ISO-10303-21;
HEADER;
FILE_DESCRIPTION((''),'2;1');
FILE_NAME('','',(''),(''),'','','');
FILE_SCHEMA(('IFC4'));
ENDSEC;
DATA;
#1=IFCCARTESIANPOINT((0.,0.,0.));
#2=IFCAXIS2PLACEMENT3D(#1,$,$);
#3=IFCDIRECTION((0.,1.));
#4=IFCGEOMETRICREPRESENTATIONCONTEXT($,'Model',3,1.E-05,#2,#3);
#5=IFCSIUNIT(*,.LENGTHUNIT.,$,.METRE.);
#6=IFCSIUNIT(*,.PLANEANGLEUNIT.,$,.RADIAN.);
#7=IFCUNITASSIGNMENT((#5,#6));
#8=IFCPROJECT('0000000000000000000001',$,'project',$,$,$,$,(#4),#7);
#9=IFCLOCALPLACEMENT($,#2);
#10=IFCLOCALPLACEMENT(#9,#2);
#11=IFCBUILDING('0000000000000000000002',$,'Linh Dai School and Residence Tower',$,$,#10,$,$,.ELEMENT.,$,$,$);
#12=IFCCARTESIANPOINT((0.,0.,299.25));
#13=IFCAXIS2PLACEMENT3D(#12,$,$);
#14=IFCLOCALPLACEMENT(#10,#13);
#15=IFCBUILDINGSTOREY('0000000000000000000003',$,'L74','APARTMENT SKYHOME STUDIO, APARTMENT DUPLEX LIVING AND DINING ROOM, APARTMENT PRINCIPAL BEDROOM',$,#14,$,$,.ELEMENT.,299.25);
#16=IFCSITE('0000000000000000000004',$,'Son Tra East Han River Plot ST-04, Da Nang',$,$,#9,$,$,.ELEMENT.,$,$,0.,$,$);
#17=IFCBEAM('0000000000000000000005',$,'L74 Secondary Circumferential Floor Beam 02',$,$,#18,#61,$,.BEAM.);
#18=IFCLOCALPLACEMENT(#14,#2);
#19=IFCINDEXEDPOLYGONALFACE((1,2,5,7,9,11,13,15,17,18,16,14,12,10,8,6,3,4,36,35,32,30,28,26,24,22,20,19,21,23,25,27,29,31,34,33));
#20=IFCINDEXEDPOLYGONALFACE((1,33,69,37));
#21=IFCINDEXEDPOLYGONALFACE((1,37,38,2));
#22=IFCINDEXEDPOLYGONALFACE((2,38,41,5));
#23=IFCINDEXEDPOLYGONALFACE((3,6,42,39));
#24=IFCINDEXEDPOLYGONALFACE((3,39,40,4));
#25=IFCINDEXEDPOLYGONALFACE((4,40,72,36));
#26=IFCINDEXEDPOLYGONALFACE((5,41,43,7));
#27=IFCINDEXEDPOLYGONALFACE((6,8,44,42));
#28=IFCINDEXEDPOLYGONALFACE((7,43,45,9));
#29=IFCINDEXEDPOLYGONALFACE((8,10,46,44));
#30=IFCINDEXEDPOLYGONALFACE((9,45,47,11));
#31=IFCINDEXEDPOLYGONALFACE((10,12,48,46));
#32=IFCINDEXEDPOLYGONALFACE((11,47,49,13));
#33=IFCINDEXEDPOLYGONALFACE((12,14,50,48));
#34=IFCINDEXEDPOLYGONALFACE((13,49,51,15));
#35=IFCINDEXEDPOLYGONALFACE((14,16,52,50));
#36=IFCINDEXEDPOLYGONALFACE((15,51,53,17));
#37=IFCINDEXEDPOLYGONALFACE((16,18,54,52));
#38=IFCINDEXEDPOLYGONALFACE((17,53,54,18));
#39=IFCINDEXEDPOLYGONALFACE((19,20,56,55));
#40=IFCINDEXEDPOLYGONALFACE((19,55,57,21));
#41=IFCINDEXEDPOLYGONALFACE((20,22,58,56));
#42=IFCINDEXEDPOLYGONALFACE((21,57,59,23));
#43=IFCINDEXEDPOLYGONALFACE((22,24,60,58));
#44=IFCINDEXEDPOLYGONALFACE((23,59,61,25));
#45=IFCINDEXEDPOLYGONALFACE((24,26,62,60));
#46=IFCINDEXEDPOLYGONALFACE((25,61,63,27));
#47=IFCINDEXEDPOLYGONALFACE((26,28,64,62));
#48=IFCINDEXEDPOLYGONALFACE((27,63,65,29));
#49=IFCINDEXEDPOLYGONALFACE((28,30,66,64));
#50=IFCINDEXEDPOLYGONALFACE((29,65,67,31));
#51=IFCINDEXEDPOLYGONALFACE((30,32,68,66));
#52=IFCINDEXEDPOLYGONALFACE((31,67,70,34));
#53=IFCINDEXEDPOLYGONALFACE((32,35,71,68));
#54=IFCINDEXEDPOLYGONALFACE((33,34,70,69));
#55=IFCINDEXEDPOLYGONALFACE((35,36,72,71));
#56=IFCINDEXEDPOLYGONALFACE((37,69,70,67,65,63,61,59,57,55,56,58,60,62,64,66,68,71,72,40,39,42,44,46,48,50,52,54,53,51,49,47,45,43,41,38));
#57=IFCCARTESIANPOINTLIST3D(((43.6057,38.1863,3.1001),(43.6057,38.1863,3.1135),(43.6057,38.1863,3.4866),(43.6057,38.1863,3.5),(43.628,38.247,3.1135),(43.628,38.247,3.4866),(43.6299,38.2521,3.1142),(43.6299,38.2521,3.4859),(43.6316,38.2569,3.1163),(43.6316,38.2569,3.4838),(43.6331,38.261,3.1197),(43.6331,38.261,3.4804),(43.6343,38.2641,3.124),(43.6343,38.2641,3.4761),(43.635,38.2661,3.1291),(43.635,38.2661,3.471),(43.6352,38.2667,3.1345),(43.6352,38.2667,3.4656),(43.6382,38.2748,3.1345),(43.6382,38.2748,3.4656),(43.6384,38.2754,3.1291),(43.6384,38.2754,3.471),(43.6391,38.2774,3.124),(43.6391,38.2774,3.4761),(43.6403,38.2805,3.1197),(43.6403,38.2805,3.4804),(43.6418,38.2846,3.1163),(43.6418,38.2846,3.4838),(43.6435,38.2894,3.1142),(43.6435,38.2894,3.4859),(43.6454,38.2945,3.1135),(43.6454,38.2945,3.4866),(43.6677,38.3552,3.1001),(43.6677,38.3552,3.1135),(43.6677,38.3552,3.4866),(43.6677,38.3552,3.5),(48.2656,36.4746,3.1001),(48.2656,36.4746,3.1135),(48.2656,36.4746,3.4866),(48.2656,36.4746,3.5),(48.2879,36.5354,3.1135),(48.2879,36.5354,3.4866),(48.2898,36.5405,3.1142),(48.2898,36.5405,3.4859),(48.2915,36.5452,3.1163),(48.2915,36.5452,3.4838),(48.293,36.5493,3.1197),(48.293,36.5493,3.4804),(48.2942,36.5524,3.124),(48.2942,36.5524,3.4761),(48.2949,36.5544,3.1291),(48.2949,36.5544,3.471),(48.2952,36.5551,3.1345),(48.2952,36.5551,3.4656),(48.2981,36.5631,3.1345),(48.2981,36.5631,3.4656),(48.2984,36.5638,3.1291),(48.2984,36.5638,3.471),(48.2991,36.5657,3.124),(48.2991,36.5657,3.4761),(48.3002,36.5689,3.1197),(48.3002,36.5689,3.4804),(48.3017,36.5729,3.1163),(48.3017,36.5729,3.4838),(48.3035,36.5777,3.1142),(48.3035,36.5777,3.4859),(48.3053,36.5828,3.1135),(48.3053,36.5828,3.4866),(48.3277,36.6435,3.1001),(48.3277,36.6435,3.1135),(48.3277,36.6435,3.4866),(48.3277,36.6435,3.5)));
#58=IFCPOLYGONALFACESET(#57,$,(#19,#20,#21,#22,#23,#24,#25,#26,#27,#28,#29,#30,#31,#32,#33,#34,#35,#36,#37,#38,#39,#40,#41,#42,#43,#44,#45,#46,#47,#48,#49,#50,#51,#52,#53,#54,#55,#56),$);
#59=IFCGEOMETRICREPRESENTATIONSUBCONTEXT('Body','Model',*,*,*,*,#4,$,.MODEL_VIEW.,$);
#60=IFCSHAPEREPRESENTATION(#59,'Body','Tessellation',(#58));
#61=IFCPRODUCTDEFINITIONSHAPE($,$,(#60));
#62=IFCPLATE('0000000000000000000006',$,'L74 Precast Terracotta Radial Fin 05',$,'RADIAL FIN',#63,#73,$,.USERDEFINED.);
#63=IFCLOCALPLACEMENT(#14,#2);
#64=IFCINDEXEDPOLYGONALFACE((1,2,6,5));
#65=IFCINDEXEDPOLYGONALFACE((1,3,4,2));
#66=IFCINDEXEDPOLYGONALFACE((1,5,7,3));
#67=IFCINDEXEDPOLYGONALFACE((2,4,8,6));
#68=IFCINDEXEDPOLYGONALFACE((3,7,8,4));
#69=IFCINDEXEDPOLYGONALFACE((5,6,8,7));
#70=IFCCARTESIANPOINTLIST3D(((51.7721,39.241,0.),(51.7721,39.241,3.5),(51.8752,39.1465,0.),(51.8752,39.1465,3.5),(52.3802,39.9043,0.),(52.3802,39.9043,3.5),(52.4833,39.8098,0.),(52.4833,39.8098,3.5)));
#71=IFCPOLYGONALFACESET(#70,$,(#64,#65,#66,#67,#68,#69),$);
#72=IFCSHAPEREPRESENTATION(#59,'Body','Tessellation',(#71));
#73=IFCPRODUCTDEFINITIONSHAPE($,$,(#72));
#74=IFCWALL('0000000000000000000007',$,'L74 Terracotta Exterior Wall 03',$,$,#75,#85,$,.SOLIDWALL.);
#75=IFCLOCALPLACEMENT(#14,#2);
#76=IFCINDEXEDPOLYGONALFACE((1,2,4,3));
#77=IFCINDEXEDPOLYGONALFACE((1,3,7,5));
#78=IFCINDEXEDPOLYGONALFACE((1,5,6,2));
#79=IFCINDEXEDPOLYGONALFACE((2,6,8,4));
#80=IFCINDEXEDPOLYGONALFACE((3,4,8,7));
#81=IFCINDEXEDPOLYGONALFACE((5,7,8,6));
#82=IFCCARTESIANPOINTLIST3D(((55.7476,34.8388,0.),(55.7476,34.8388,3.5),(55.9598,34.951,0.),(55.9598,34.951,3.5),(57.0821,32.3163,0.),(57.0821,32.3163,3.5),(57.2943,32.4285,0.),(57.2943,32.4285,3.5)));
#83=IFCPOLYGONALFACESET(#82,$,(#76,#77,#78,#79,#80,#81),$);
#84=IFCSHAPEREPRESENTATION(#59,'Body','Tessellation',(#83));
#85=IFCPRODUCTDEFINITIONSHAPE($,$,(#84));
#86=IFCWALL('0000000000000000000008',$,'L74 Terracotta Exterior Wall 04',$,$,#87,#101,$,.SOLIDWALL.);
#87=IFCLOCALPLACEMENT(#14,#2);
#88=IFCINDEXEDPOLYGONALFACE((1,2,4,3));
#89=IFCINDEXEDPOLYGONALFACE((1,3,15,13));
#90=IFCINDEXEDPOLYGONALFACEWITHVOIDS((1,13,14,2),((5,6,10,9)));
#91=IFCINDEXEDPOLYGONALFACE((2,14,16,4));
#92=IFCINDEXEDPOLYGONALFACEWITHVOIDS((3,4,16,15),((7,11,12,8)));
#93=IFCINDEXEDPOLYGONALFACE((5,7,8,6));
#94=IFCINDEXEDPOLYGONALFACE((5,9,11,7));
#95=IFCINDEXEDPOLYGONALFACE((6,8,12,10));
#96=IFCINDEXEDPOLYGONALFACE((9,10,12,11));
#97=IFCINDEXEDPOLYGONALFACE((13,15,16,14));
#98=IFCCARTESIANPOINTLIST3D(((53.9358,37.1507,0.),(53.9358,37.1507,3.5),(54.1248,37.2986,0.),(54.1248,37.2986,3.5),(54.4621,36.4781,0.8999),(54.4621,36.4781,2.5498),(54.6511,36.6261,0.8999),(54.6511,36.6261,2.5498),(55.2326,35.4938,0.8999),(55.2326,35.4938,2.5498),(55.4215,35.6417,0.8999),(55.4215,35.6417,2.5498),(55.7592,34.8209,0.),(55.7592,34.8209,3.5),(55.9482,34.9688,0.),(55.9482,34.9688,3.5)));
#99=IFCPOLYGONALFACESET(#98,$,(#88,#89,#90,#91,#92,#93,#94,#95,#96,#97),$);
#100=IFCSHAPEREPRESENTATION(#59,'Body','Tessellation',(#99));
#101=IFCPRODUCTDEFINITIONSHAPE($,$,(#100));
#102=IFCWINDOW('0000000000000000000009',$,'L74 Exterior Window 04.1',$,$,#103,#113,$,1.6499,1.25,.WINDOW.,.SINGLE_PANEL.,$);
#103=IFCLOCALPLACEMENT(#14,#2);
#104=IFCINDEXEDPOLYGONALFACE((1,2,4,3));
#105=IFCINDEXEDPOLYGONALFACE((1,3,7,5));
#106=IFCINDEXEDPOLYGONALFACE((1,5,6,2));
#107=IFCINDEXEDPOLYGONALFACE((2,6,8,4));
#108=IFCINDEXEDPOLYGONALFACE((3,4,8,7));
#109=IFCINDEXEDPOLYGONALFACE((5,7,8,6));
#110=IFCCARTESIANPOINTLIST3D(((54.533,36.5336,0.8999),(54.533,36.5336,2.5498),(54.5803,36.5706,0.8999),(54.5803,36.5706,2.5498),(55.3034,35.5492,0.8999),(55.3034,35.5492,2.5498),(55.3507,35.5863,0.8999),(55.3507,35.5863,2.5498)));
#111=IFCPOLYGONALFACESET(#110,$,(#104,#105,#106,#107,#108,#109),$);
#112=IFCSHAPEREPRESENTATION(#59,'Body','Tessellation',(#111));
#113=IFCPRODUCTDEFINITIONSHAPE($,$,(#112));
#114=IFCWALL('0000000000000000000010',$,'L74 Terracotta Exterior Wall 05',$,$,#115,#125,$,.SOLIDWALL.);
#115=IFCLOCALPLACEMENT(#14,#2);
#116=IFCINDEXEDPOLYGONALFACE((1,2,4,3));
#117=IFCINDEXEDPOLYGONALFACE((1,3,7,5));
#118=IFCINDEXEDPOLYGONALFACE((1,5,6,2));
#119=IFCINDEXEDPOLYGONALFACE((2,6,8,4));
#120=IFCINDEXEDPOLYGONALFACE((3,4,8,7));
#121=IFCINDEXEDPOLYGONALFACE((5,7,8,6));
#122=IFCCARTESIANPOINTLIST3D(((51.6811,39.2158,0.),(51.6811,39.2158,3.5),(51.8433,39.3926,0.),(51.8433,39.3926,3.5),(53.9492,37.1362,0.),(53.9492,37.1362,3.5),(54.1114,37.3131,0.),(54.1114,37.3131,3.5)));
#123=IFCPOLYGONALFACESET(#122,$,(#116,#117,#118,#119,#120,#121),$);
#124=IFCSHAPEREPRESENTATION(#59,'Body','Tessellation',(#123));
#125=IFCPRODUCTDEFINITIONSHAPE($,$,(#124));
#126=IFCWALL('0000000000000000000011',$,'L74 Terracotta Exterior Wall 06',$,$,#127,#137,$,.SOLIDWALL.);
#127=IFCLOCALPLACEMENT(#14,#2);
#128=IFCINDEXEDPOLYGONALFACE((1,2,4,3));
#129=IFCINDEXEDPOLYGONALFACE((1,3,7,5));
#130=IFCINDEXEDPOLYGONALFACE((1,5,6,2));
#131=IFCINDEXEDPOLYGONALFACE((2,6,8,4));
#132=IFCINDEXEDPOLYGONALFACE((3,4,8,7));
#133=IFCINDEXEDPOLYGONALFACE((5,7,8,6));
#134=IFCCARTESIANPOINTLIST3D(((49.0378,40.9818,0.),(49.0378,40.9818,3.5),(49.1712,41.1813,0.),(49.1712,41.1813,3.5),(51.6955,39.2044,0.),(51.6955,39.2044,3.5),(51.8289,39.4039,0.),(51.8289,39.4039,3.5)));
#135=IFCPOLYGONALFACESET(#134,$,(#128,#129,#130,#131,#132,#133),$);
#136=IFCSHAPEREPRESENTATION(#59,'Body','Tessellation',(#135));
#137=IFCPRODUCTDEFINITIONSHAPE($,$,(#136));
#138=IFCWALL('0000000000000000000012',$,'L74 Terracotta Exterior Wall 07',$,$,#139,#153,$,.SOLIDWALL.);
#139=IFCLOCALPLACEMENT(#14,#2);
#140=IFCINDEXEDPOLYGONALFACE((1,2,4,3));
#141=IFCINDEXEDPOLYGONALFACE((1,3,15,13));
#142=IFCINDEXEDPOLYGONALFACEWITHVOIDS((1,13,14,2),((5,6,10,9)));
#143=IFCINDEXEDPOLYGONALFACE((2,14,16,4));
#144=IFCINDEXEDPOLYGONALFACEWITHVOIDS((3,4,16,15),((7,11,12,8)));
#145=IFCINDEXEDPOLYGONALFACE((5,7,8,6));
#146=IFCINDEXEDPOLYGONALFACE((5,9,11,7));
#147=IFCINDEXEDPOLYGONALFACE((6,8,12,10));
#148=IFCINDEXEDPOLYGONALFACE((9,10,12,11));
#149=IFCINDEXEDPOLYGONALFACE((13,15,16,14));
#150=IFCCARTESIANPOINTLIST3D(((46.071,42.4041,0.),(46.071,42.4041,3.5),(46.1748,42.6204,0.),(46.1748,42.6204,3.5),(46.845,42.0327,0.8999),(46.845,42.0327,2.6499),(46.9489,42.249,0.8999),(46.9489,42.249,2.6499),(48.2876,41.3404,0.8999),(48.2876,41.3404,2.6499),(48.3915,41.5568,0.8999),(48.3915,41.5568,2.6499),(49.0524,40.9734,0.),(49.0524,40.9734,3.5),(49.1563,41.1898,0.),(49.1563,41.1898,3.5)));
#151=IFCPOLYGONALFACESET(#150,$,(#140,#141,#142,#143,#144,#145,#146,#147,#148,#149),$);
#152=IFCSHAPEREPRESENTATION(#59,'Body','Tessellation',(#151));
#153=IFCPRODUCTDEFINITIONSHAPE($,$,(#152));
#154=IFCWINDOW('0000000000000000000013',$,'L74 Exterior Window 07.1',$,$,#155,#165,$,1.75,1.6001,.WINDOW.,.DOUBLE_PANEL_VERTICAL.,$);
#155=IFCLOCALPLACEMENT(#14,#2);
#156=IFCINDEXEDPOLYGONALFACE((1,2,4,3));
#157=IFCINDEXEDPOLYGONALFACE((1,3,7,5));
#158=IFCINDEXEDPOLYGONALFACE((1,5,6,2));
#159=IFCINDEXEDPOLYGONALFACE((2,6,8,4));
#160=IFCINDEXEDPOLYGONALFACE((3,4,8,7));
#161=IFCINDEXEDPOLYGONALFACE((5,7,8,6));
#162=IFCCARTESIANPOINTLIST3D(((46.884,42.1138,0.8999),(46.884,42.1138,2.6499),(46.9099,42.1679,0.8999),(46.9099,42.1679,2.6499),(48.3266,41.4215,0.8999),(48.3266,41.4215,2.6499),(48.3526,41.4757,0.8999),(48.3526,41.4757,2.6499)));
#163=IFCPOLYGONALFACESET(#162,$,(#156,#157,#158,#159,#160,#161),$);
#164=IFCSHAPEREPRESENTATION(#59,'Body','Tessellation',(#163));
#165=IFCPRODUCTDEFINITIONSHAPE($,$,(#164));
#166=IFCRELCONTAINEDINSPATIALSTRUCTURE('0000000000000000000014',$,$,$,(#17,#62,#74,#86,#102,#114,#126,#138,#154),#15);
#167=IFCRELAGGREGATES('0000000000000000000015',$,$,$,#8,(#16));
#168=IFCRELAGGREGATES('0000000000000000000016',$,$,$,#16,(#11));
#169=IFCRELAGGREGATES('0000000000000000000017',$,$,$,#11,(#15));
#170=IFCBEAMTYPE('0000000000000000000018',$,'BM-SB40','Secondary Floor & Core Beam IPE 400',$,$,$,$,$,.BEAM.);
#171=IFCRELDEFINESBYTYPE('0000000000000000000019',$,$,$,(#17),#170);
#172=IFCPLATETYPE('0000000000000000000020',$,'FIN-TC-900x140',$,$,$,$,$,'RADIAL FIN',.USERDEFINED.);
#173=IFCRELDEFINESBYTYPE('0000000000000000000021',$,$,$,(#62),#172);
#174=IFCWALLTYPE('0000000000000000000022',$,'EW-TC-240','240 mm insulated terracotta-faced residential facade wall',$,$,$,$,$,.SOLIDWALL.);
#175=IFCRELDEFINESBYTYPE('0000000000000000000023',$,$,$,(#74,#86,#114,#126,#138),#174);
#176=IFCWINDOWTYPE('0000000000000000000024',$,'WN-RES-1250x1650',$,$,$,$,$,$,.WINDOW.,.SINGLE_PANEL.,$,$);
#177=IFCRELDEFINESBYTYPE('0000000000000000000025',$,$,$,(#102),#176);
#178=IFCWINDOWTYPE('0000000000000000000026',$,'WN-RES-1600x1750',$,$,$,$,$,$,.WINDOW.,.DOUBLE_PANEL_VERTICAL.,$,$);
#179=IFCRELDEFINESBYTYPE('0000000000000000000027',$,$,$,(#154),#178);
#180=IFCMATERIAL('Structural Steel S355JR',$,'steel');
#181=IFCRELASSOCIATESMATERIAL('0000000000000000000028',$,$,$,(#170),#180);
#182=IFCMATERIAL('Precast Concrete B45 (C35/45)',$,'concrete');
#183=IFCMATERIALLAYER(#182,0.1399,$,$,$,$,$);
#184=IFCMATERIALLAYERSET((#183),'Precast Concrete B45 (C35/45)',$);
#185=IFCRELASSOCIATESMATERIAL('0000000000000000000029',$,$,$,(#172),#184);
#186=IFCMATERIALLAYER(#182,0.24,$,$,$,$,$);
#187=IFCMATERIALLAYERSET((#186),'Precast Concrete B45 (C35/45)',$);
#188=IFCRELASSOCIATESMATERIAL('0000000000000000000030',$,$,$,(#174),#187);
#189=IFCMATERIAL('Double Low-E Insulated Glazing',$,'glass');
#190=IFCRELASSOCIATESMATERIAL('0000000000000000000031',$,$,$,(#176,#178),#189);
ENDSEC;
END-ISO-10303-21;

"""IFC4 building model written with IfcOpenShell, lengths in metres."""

from ifc_helpers import new_model, si_unit, direction, frame, frame_2d, origin, origin_2d, place, context, subcontext, project, spatial, rectangle, i_section, extrude, source, transform, mapped, material, layer, layer_set, material_profile, profile_set, type_object, element, fill, save


model = new_model("IFC4")

# Units and contexts
model_context = context("Model", 3, precision=1e-05, world=origin(), true_north=direction((0.0, 1.0)))
body_context = subcontext(model_context, "Body", "Model", "MODEL_VIEW")
ifc_project = project(units=[si_unit("LENGTHUNIT", "METRE"), si_unit("PLANEANGLEUNIT", "RADIAN")], contexts=[model_context])

# Site, building, storey
site_placement = place(None, origin())
site = spatial("IfcSite", under=ifc_project, at=site_placement, Name="Son Tra East Han River Plot ST-04, Da Nang", CompositionType="ELEMENT", RefElevation=0.0)
building_placement = place(site_placement, origin())
building = spatial("IfcBuilding", under=site, at=building_placement, Name="Linh Dai School and Residence Tower", CompositionType="ELEMENT")
storey_placement = place(building_placement, frame((0.0, 0.0, 299.25)))
storey = spatial("IfcBuildingStorey", under=building, at=storey_placement, Name="L74", Description="APARTMENT SKYHOME STUDIO, APARTMENT DUPLEX LIVING AND DINING ROOM, APARTMENT PRINCIPAL BEDROOM", CompositionType="ELEMENT", Elevation=299.25)

# Shared definitions
ifc_material_1 = material(Name="Structural Steel S355JR", Category="steel")

# Beam
ifc_material_profile_1 = material_profile(ifc_material_1, i_section(OverallWidth=0.1799, OverallDepth=0.3999, WebThickness=0.0085, FlangeThickness=0.0134, FilletRadius=0.021, at=origin_2d()), Name="IPE 400")
ifc_profile_set_1 = profile_set([ifc_material_profile_1], Name="Structural Steel S355JR")
beam_type_1 = type_object("IfcBeamType", Name="BM-SB40", Description="Secondary Floor & Core Beam IPE 400", PredefinedType="BEAM", material=ifc_profile_set_1)
beam_1_placement = place(storey_placement, frame((48.2966, 36.5591, 3.3), z_axis=(-0.938679, 0.344794, 0.0), x_axis=(-0.344794, -0.938679, 0.0)))
element("IfcBeam", 1, at=beam_1_placement, inside=storey, type_object=beam_type_1, Name="L74 Secondary Circumferential Floor Beam 02", PredefinedType="BEAM", context=body_context, shape_type="SweptSolid", body=[
    extrude(i_section(OverallWidth=0.1799, OverallDepth=0.3999, WebThickness=0.0085, FlangeThickness=0.0134, FilletRadius=0.021, at=origin_2d()), origin(), (0.0, 0.0, 1.0), 4.9644),
])

# Plate
ifc_material_2 = material(Name="Precast Concrete B45 (C35/45)", Category="concrete")
ifc_layer_1 = layer(ifc_material_2, 0.1399)
ifc_layer_set_1 = layer_set([ifc_layer_1], Name="Precast Concrete B45 (C35/45)")
plate_type = type_object("IfcPlateType", Name="FIN-TC-900x140", ElementType="RADIAL FIN", PredefinedType="USERDEFINED", material=ifc_layer_set_1)
shared_shape_1 = source(origin(), body_context, "Body", "SweptSolid", [
    extrude(rectangle(XDim=0.8999, YDim=0.1399, at=origin_2d()), origin(), (0.0, 0.0, 1.0), 3.5),
])
plate_placement = place(storey_placement, frame((52.1277, 39.5254, 0.0), z_axis=(0.0, 0.0, 1.0), x_axis=(0.675777, 0.737106, 0.0)))
element("IfcPlate", 2, at=plate_placement, inside=storey, type_object=plate_type, Name="L74 Precast Terracotta Radial Fin 05", ObjectType="RADIAL FIN", PredefinedType="USERDEFINED", context=body_context, shape_type="MappedRepresentation", body=[
    mapped(shared_shape_1, transform((0.0, 0.0, 0.0), x_axis=(1.0, 0.0, 0.0), y_axis=(0.0, 1.0, 0.0), z_axis=(0.0, 0.0, 1.0), scale=1.0)),
])

# Wall
ifc_layer_2 = layer(ifc_material_2, 0.24)
ifc_layer_set_2 = layer_set([ifc_layer_2], Name="Precast Concrete B45 (C35/45)")
wall_type_1 = type_object("IfcWallType", Name="EW-TC-240", Description="240 mm insulated terracotta-faced residential facade wall", PredefinedType="SOLIDWALL", material=ifc_layer_set_2)
wall_1_placement = place(storey_placement, frame((55.8538, 34.8948, 0.0), z_axis=(0.0, 0.0, 1.0), x_axis=(0.467628, -0.883925, 0.0)))
element("IfcWall", 3, at=wall_1_placement, inside=storey, type_object=wall_type_1, Name="L74 Terracotta Exterior Wall 03", PredefinedType="SOLIDWALL", context=body_context, shape_type="SweptSolid", body=[
    extrude(rectangle(XDim=2.8538, YDim=0.24, at=frame_2d((1.4268, 0.0))), origin(), (0.0, 0.0, 1.0), 3.5),
])

# Wall, opening, window
wall_2_placement = place(storey_placement, frame((54.0303, 37.2246, 0.0), z_axis=(0.0, 0.0, 1.0), x_axis=(0.616337, -0.787482, 0.0)))
wall_2 = element("IfcWall", 4, at=wall_2_placement, inside=storey, type_object=wall_type_1, Name="L74 Terracotta Exterior Wall 04", PredefinedType="SOLIDWALL", context=body_context, shape_type="SweptSolid", body=[
    extrude(rectangle(XDim=2.9585, YDim=0.24, at=frame_2d((1.4792, 0.0))), origin(), (0.0, 0.0, 1.0), 3.5),
])
opening_1_placement = place(wall_2_placement, frame((0.854, 0.0, 0.8999)))
opening_1 = element("IfcOpeningElement", 5, at=opening_1_placement, cuts=wall_2, PredefinedType="OPENING", context=body_context, shape_type="SweptSolid", body=[
    extrude(rectangle(XDim=1.25, YDim=1.6499, at=origin_2d()), frame((0.625, 0.1299, 0.825), z_axis=(0.0, -1.0, 0.0), x_axis=(1.0, 0.0, 0.0)), (0.0, 0.0, 1.0), 0.26),
])
ifc_material_3 = material(Name="Double Low-E Insulated Glazing", Category="glass")
window_type_1 = type_object("IfcWindowType", Name="WN-RES-1250x1650", PartitioningType="SINGLE_PANEL", PredefinedType="WINDOW", material=ifc_material_3)
shared_shape_2 = source(origin(), body_context, "Body", "SweptSolid", [
    extrude(rectangle(XDim=1.25, YDim=1.6499, at=origin_2d()), frame((0.625, 0.03, 0.825), z_axis=(0.0, -1.0, 0.0), x_axis=(1.0, 0.0, 0.0)), (0.0, 0.0, 1.0), 0.0601),
])
window_1_placement = place(opening_1_placement, origin())
window_1 = element("IfcWindow", 6, at=window_1_placement, inside=storey, type_object=window_type_1, Name="L74 Exterior Window 04.1", OverallHeight=1.6499, OverallWidth=1.25, PartitioningType="SINGLE_PANEL", PredefinedType="WINDOW", context=body_context, shape_type="MappedRepresentation", body=[
    mapped(shared_shape_2, transform((0.0, 0.0, 0.0), x_axis=(1.0, 0.0, 0.0), y_axis=(0.0, 1.0, 0.0), z_axis=(0.0, 0.0, 1.0), scale=1.0)),
])
fill(opening_1, window_1)

# Walls
wall_3_placement = place(storey_placement, frame((51.7622, 39.3042, 0.0), z_axis=(0.0, 0.0, 1.0), x_axis=(0.737069, -0.675818, 0.0)))
element("IfcWall", 7, at=wall_3_placement, inside=storey, type_object=wall_type_1, Name="L74 Terracotta Exterior Wall 05", PredefinedType="SOLIDWALL", context=body_context, shape_type="SweptSolid", body=[
    extrude(rectangle(XDim=3.0771, YDim=0.24, at=frame_2d((1.5386, 0.0))), origin(), (0.0, 0.0, 1.0), 3.5),
])
wall_4_placement = place(storey_placement, frame((49.1045, 41.0815, 0.0), z_axis=(0.0, 0.0, 1.0), x_axis=(0.831251, -0.555898, 0.0)))
element("IfcWall", 8, at=wall_4_placement, inside=storey, type_object=wall_type_1, Name="L74 Terracotta Exterior Wall 06", PredefinedType="SOLIDWALL", context=body_context, shape_type="SweptSolid", body=[
    extrude(rectangle(XDim=3.1973, YDim=0.24, at=frame_2d((1.5986, 0.0))), origin(), (0.0, 0.0, 1.0), 3.5),
])

# Wall, opening, window
wall_5_placement = place(storey_placement, frame((46.123, 42.5122, 0.0), z_axis=(0.0, 0.0, 1.0), x_axis=(0.901574, -0.432625, 0.0)))
wall_5 = element("IfcWall", 9, at=wall_5_placement, inside=storey, type_object=wall_type_1, Name="L74 Terracotta Exterior Wall 07", PredefinedType="SOLIDWALL", context=body_context, shape_type="SweptSolid", body=[
    extrude(rectangle(XDim=3.3069, YDim=0.24, at=frame_2d((1.6533, 0.0))), origin(), (0.0, 0.0, 1.0), 3.5),
])
opening_2_placement = place(wall_5_placement, frame((0.8584, 0.0, 0.8999)))
opening_2 = element("IfcOpeningElement", 10, at=opening_2_placement, cuts=wall_5, PredefinedType="OPENING", context=body_context, shape_type="SweptSolid", body=[
    extrude(rectangle(XDim=1.6001, YDim=1.75, at=origin_2d()), frame((0.8, 0.1299, 0.875), z_axis=(0.0, -1.0, 0.0), x_axis=(1.0, 0.0, 0.0)), (0.0, 0.0, 1.0), 0.26),
])
window_type_2 = type_object("IfcWindowType", Name="WN-RES-1600x1750", PartitioningType="DOUBLE_PANEL_VERTICAL", PredefinedType="WINDOW", material=ifc_material_3)
shared_shape_3 = source(origin(), body_context, "Body", "SweptSolid", [
    extrude(rectangle(XDim=1.6001, YDim=1.75, at=origin_2d()), frame((0.8, 0.03, 0.875), z_axis=(0.0, -1.0, 0.0), x_axis=(1.0, 0.0, 0.0)), (0.0, 0.0, 1.0), 0.0601),
])
window_2_placement = place(opening_2_placement, origin())
window_2 = element("IfcWindow", 11, at=window_2_placement, inside=storey, type_object=window_type_2, Name="L74 Exterior Window 07.1", OverallHeight=1.75, OverallWidth=1.6001, PartitioningType="DOUBLE_PANEL_VERTICAL", PredefinedType="WINDOW", context=body_context, shape_type="MappedRepresentation", body=[
    mapped(shared_shape_3, transform((0.0, 0.0, 0.0), x_axis=(1.0, 0.0, 0.0), y_axis=(0.0, 1.0, 0.0), z_axis=(0.0, 0.0, 1.0), scale=1.0)),
])
fill(opening_2, window_2)

save(model, "model.ifc")
